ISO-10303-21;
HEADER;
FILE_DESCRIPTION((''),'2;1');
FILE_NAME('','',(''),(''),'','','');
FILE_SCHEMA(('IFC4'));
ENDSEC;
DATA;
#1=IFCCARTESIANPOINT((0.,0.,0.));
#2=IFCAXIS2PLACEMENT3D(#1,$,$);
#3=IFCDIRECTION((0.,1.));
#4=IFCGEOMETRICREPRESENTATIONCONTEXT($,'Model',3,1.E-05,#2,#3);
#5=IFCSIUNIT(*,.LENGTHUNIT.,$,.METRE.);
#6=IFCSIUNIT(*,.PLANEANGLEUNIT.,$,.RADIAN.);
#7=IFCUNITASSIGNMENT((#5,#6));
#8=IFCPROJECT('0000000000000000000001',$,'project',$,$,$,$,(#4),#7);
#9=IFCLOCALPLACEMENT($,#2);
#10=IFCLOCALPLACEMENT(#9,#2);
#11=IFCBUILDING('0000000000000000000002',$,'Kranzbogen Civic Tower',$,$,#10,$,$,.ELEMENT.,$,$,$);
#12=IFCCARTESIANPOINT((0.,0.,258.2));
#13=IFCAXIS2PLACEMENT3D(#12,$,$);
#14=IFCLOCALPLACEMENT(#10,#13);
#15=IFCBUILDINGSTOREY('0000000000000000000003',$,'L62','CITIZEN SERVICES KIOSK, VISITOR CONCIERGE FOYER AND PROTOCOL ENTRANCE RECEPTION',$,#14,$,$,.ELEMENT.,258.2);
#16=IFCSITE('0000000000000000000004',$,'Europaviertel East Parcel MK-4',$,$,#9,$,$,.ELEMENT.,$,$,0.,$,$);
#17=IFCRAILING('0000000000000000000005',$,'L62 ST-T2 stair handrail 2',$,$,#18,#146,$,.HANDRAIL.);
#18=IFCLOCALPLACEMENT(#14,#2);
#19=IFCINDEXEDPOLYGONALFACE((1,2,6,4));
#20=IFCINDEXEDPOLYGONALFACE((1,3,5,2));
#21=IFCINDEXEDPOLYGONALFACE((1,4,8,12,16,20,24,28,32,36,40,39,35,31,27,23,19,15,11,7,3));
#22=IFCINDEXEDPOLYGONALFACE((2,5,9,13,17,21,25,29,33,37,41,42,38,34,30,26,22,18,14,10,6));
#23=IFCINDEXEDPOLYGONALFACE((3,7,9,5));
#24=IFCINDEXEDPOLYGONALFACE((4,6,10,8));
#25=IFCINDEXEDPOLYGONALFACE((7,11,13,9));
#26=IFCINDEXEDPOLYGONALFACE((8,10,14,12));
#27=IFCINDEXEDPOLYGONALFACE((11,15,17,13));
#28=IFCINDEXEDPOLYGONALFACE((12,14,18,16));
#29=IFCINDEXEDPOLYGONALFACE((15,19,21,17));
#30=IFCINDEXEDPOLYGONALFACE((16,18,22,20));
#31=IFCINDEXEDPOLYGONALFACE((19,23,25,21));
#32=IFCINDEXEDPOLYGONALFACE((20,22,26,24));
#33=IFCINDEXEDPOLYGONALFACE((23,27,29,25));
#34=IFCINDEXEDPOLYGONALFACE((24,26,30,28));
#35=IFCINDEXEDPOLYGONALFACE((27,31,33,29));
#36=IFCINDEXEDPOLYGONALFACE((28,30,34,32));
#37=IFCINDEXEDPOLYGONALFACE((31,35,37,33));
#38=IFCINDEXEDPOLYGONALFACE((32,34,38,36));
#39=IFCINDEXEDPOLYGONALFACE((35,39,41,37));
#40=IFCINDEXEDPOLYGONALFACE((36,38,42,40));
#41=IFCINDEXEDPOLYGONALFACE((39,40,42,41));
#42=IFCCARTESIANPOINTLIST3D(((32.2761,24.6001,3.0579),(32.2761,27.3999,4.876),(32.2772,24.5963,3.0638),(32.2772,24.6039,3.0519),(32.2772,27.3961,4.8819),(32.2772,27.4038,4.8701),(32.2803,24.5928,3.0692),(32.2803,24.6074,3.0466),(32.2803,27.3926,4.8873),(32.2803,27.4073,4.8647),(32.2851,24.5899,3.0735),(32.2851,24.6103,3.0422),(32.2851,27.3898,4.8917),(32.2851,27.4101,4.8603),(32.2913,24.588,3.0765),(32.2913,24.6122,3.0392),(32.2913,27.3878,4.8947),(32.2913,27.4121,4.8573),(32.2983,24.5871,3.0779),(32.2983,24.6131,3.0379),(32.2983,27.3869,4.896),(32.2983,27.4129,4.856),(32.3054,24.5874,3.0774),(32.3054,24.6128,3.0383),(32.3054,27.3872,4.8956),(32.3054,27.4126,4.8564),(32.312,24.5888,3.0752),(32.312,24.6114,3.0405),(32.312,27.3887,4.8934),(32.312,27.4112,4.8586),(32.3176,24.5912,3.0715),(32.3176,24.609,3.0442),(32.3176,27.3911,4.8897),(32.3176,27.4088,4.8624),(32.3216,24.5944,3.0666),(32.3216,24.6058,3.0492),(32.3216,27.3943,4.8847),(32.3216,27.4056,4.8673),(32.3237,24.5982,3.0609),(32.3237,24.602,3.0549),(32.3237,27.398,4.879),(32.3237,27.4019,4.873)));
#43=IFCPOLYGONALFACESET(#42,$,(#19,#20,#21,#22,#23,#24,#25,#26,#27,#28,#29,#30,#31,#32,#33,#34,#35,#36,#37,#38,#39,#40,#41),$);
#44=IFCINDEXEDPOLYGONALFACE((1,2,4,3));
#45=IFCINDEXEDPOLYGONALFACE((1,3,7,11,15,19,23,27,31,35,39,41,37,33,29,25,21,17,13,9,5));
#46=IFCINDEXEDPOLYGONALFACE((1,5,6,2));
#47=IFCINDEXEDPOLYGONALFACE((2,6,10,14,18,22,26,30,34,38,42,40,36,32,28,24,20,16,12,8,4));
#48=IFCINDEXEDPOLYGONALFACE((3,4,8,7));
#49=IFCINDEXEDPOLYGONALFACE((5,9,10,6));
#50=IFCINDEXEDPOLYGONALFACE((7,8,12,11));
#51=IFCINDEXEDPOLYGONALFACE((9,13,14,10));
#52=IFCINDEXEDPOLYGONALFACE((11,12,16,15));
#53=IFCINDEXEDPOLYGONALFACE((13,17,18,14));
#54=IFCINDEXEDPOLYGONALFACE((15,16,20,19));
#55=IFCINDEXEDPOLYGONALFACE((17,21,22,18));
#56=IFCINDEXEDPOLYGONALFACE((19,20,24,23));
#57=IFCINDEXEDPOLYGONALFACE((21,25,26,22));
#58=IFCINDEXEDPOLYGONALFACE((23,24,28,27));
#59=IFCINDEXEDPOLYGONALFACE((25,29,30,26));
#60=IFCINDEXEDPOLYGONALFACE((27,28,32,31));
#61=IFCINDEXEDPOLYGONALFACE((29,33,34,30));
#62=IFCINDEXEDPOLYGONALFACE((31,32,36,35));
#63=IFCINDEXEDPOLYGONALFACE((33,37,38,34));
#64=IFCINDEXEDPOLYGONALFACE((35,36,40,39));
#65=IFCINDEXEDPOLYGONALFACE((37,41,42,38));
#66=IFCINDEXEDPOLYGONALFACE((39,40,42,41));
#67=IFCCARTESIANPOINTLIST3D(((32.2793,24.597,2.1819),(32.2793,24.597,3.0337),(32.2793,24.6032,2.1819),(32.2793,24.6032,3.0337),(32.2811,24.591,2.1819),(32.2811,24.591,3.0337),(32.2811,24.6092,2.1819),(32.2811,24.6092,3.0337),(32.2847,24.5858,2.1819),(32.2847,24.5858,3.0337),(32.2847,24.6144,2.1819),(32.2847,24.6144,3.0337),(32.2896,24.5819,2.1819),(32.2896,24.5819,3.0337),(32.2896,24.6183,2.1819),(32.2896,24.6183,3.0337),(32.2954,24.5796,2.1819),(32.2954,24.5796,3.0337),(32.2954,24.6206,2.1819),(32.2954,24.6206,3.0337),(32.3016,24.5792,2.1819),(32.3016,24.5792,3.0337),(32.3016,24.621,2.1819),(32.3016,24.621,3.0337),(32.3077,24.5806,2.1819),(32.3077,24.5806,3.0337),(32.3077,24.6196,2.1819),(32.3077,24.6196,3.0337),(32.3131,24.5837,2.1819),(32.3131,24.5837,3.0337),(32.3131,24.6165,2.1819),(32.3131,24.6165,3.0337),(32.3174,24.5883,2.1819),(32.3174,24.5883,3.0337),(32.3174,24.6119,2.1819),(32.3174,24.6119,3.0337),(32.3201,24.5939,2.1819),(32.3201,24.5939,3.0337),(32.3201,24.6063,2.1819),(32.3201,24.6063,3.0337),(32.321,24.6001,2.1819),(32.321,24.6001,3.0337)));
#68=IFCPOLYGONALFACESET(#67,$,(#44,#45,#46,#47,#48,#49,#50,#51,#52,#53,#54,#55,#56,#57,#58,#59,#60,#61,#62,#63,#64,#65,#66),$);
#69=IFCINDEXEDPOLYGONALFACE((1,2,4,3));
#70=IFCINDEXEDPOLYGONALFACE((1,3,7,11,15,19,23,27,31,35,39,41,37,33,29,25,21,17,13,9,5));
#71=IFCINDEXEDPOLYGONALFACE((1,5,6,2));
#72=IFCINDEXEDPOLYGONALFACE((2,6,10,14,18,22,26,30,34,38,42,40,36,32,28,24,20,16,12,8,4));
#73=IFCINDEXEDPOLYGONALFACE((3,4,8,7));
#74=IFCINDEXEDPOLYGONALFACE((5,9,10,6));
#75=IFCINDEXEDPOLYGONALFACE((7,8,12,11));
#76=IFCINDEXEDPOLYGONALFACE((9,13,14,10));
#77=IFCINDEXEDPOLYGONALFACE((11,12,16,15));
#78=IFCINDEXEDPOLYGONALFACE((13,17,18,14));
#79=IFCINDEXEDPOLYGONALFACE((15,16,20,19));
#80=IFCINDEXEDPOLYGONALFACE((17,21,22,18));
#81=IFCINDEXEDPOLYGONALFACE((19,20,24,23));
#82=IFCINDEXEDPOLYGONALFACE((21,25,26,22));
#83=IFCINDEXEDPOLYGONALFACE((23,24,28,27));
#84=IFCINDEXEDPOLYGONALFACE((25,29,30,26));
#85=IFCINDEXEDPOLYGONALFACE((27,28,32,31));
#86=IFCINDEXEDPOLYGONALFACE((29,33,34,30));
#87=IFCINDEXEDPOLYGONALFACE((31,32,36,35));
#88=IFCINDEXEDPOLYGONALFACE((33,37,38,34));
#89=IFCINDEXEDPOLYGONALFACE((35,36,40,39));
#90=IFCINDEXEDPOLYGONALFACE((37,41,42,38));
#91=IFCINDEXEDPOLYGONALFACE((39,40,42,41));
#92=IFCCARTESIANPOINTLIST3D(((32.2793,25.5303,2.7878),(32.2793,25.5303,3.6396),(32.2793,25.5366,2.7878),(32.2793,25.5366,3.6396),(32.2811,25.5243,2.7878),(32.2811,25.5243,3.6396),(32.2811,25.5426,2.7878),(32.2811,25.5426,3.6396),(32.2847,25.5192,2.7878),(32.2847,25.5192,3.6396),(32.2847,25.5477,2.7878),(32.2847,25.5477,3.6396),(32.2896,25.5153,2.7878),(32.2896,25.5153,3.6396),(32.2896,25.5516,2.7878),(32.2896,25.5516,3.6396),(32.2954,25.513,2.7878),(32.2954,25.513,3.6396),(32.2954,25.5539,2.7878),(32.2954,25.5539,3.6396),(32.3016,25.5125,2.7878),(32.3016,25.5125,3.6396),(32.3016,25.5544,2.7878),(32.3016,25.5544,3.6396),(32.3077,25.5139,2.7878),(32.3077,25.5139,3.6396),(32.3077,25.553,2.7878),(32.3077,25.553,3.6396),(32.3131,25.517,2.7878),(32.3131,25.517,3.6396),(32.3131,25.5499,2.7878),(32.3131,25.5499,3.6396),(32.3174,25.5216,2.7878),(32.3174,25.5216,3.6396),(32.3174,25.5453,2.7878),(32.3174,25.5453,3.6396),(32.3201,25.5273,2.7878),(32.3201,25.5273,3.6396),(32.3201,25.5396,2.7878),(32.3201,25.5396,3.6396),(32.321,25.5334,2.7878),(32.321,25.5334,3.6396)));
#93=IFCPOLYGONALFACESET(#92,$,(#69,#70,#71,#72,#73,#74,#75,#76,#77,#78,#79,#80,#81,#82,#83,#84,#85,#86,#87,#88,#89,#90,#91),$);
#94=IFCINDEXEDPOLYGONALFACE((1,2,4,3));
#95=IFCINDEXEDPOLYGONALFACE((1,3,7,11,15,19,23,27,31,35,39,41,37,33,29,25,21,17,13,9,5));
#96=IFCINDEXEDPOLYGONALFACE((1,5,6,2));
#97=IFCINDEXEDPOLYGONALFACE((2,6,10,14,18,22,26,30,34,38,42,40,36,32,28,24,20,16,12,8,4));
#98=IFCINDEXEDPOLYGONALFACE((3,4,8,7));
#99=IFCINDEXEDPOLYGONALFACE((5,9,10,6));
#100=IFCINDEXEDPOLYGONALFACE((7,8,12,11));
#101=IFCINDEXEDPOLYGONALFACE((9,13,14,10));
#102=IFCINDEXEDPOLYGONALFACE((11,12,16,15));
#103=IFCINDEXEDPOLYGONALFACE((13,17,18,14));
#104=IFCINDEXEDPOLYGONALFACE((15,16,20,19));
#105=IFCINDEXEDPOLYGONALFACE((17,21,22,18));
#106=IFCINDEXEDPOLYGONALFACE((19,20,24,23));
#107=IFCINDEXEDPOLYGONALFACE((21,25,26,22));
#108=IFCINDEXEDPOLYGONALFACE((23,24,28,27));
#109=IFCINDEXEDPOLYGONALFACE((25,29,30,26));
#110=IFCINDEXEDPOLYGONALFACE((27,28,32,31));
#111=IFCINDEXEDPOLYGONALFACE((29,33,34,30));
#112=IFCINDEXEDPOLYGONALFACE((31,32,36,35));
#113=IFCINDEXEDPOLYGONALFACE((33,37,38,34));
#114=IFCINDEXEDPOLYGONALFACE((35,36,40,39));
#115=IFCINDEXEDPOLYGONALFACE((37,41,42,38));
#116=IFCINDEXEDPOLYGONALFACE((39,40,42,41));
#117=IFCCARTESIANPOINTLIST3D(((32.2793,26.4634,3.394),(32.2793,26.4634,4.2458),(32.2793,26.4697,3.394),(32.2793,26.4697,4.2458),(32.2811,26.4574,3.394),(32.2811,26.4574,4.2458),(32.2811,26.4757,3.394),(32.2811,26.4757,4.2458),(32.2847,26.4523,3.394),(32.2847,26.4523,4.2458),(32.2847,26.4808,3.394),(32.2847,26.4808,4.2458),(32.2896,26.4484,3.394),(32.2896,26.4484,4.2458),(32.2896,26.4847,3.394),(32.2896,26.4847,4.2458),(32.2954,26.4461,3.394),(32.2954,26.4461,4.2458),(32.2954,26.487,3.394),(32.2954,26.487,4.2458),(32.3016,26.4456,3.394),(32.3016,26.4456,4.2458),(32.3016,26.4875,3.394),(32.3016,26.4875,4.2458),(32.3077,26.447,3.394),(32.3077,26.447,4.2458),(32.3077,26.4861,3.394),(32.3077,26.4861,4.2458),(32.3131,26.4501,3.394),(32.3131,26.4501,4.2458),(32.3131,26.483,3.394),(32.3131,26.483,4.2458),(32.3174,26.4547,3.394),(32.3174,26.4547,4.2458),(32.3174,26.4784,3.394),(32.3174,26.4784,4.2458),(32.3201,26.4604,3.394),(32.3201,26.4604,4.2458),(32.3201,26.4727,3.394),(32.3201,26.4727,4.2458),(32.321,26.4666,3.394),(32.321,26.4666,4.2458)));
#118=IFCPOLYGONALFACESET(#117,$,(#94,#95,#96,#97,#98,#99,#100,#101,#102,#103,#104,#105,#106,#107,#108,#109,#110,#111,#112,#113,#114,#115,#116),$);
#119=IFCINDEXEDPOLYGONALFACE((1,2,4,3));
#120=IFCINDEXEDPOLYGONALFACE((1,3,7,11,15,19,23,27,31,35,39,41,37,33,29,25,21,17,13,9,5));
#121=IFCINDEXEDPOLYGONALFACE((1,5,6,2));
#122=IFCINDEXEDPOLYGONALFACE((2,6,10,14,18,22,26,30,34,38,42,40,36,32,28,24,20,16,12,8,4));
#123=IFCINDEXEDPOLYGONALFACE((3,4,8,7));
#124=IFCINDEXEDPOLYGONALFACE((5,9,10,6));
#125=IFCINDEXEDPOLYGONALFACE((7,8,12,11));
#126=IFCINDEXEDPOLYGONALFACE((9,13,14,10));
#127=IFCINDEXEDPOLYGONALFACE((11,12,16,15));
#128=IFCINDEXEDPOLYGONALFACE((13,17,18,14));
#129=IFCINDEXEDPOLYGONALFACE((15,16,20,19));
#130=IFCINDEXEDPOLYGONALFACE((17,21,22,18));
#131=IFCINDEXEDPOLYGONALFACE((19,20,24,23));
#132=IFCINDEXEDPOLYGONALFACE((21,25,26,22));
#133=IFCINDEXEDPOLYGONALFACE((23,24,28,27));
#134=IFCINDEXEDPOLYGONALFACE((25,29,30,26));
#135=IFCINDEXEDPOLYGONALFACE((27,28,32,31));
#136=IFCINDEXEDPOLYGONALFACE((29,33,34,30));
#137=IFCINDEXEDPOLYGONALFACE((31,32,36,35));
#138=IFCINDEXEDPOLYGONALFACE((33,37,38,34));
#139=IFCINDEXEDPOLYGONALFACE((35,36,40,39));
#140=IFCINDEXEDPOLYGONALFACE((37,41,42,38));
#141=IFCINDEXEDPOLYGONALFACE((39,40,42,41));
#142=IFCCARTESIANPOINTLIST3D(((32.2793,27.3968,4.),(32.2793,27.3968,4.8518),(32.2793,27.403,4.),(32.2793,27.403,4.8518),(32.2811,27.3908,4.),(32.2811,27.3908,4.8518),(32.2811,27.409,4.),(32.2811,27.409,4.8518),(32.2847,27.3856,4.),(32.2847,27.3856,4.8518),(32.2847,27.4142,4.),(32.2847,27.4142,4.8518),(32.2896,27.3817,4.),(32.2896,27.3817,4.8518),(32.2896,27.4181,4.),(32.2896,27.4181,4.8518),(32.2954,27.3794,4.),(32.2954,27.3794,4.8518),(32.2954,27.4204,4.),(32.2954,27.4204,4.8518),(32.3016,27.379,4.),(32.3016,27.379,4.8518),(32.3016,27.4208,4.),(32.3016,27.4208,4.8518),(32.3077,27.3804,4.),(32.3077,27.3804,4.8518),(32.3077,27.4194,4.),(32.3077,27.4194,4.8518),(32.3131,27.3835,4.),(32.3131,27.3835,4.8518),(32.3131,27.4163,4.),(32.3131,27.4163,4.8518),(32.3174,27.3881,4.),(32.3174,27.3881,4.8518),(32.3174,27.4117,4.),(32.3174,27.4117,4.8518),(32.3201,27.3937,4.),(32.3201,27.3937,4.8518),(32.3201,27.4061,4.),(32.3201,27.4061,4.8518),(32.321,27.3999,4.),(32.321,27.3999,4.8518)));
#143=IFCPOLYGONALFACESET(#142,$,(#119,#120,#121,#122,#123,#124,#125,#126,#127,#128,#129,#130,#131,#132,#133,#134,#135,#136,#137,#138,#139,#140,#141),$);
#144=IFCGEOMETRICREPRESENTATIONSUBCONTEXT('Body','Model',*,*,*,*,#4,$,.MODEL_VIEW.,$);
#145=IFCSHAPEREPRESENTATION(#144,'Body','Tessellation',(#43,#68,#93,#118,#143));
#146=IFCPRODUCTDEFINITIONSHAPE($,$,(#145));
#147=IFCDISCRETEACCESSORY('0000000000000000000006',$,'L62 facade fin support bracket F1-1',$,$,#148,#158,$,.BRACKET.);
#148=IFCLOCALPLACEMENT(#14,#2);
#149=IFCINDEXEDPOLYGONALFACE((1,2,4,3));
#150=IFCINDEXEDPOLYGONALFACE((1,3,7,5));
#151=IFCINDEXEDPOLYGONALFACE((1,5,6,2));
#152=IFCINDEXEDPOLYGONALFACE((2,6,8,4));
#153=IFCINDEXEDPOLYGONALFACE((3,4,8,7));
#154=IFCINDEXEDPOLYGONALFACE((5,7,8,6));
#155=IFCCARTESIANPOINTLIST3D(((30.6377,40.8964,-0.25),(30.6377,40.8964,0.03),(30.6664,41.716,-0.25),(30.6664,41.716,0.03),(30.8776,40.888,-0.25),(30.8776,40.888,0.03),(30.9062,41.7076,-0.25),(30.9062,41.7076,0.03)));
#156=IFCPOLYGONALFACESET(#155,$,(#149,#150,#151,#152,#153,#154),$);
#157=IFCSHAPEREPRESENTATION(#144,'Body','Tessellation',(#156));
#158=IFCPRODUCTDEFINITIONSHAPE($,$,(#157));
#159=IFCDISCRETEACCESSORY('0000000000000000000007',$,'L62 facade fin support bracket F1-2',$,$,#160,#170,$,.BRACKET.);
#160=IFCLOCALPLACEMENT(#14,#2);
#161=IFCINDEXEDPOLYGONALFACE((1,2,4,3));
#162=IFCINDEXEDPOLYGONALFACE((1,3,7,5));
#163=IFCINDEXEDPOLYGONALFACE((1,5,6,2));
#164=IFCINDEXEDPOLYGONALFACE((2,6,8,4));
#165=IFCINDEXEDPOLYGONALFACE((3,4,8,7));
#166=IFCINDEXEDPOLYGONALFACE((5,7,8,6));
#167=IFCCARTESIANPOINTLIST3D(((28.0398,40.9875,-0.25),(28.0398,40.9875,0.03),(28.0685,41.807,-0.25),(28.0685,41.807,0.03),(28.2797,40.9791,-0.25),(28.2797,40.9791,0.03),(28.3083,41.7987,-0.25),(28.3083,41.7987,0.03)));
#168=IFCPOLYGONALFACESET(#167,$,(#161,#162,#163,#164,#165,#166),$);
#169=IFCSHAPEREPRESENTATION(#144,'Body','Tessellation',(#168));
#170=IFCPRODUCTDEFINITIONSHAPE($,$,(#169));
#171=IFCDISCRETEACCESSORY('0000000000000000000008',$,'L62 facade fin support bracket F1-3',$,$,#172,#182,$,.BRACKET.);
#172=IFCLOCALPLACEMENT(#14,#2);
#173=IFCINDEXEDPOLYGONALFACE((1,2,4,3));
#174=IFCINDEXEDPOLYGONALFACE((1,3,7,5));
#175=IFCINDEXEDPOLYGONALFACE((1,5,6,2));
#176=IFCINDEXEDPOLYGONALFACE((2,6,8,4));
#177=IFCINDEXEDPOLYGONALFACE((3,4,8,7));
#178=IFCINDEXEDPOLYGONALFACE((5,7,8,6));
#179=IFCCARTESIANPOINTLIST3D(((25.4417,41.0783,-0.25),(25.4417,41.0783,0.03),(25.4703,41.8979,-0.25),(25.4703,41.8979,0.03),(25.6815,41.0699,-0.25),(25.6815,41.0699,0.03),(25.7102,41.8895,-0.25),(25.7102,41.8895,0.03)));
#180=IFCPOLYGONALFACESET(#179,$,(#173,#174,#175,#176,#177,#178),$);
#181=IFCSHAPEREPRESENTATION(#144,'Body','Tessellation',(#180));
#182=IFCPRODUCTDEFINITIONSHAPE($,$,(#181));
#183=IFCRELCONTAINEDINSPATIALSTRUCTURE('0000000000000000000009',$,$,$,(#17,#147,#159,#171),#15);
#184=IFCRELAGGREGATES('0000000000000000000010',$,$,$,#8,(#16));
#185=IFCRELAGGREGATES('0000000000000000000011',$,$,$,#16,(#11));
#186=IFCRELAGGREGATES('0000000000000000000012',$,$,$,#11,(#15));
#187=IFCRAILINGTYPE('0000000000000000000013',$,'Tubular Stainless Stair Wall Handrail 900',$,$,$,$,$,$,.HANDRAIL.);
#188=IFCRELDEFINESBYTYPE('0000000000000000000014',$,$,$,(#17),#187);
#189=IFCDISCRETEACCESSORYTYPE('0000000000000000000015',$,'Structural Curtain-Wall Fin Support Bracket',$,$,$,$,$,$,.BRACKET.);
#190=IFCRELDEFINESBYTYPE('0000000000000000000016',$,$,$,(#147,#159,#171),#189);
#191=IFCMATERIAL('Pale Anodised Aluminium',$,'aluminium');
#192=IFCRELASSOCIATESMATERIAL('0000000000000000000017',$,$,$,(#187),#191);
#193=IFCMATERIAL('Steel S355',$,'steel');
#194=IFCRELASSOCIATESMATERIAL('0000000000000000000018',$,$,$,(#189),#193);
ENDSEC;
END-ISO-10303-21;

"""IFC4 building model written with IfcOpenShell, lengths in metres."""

from ifc_helpers import new_model, si_unit, direction, frame, origin, origin_2d, place, context, subcontext, project, spatial, rectangle, circle, extrude, material, type_object, element, save


model = new_model("IFC4")

# Units and contexts
model_context = context("Model", 3, precision=1e-05, world=origin(), true_north=direction((0.0, 1.0)))
body_context = subcontext(model_context, "Body", "Model", "MODEL_VIEW")
ifc_project = project(units=[si_unit("LENGTHUNIT", "METRE"), si_unit("PLANEANGLEUNIT", "RADIAN")], contexts=[model_context])

# Site, building, storey
site_placement = place(None, origin())
site = spatial("IfcSite", under=ifc_project, at=site_placement, Name="Europaviertel East Parcel MK-4", CompositionType="ELEMENT", RefElevation=0.0)
building_placement = place(site_placement, origin())
building = spatial("IfcBuilding", under=site, at=building_placement, Name="Kranzbogen Civic Tower", CompositionType="ELEMENT")
storey_placement = place(building_placement, frame((0.0, 0.0, 258.2)))
storey = spatial("IfcBuildingStorey", under=building, at=storey_placement, Name="L62", Description="CITIZEN SERVICES KIOSK, VISITOR CONCIERGE FOYER AND PROTOCOL ENTRANCE RECEPTION", CompositionType="ELEMENT", Elevation=258.2)

# Shared definitions
ifc_material_1 = material(Name="Steel S355", Category="steel")

# Shared definitions
ifc_material_2 = material(Name="Pale Anodised Aluminium", Category="aluminium")

# Railing
railing_type_1 = type_object("IfcRailingType", Name="Tubular Stainless Stair Wall Handrail 900", PredefinedType="HANDRAIL", material=ifc_material_2)
railing_1_placement = place(storey_placement, frame((32.3, 24.6001, 2.1819)))
element("IfcRailing", 1, at=railing_1_placement, inside=storey, type_object=railing_type_1, Name="L62 ST-T2 stair handrail 2", PredefinedType="HANDRAIL", context=body_context, shape_type="SweptSolid", body=[
    extrude(circle(Radius=0.0239, at=origin_2d()), frame((0.0, 0.0, 0.876), z_axis=(0.0, 0.838684, 0.544618), x_axis=(-1.0, 0.0, 0.0)), (0.0, 0.0, 1.0), 3.3384),
    extrude(circle(Radius=0.021, at=origin_2d()), origin(), (0.0, 0.0, 1.0), 0.8518),
    extrude(circle(Radius=0.021, at=origin_2d()), frame((0.0, 0.9333, 0.606)), (0.0, 0.0, 1.0), 0.8518),
    extrude(circle(Radius=0.021, at=origin_2d()), frame((0.0, 1.8665, 1.2122)), (0.0, 0.0, 1.0), 0.8518),
    extrude(circle(Radius=0.021, at=origin_2d()), frame((0.0, 2.7998, 1.8181)), (0.0, 0.0, 1.0), 0.8518),
])

# Discrete accessories
discrete_accessory_type = type_object("IfcDiscreteAccessoryType", Name="Structural Curtain-Wall Fin Support Bracket", PredefinedType="BRACKET", material=ifc_material_1)
for number, where, z_axis, x_axis, name in (
    (2, (30.772, 41.302, -0.25), (0.0, 0.0, 1.0), (0.034899, 0.999391, 0.0), "L62 facade fin support bracket F1-1"),
    (3, (28.1741, 41.3931, -0.25), (0.0, 0.0, 1.0), (0.034899, 0.999391, 0.0), "L62 facade fin support bracket F1-2"),
    (4, (25.5759, 41.4839, -0.25), (0.0, 0.0, 1.0), (0.034899, 0.999391, 0.0), "L62 facade fin support bracket F1-3"),
):
    element("IfcDiscreteAccessory", number, at=place(storey_placement, frame(where, z_axis=z_axis, x_axis=x_axis)), inside=storey, type_object=discrete_accessory_type, Name=name, PredefinedType="BRACKET", context=body_context, shape_type="SweptSolid", body=[
        extrude(rectangle(XDim=0.8201, YDim=0.24, at=origin_2d()), origin(), (0.0, 0.0, 1.0), 0.28),
    ])

save(model, "model.ifc")
